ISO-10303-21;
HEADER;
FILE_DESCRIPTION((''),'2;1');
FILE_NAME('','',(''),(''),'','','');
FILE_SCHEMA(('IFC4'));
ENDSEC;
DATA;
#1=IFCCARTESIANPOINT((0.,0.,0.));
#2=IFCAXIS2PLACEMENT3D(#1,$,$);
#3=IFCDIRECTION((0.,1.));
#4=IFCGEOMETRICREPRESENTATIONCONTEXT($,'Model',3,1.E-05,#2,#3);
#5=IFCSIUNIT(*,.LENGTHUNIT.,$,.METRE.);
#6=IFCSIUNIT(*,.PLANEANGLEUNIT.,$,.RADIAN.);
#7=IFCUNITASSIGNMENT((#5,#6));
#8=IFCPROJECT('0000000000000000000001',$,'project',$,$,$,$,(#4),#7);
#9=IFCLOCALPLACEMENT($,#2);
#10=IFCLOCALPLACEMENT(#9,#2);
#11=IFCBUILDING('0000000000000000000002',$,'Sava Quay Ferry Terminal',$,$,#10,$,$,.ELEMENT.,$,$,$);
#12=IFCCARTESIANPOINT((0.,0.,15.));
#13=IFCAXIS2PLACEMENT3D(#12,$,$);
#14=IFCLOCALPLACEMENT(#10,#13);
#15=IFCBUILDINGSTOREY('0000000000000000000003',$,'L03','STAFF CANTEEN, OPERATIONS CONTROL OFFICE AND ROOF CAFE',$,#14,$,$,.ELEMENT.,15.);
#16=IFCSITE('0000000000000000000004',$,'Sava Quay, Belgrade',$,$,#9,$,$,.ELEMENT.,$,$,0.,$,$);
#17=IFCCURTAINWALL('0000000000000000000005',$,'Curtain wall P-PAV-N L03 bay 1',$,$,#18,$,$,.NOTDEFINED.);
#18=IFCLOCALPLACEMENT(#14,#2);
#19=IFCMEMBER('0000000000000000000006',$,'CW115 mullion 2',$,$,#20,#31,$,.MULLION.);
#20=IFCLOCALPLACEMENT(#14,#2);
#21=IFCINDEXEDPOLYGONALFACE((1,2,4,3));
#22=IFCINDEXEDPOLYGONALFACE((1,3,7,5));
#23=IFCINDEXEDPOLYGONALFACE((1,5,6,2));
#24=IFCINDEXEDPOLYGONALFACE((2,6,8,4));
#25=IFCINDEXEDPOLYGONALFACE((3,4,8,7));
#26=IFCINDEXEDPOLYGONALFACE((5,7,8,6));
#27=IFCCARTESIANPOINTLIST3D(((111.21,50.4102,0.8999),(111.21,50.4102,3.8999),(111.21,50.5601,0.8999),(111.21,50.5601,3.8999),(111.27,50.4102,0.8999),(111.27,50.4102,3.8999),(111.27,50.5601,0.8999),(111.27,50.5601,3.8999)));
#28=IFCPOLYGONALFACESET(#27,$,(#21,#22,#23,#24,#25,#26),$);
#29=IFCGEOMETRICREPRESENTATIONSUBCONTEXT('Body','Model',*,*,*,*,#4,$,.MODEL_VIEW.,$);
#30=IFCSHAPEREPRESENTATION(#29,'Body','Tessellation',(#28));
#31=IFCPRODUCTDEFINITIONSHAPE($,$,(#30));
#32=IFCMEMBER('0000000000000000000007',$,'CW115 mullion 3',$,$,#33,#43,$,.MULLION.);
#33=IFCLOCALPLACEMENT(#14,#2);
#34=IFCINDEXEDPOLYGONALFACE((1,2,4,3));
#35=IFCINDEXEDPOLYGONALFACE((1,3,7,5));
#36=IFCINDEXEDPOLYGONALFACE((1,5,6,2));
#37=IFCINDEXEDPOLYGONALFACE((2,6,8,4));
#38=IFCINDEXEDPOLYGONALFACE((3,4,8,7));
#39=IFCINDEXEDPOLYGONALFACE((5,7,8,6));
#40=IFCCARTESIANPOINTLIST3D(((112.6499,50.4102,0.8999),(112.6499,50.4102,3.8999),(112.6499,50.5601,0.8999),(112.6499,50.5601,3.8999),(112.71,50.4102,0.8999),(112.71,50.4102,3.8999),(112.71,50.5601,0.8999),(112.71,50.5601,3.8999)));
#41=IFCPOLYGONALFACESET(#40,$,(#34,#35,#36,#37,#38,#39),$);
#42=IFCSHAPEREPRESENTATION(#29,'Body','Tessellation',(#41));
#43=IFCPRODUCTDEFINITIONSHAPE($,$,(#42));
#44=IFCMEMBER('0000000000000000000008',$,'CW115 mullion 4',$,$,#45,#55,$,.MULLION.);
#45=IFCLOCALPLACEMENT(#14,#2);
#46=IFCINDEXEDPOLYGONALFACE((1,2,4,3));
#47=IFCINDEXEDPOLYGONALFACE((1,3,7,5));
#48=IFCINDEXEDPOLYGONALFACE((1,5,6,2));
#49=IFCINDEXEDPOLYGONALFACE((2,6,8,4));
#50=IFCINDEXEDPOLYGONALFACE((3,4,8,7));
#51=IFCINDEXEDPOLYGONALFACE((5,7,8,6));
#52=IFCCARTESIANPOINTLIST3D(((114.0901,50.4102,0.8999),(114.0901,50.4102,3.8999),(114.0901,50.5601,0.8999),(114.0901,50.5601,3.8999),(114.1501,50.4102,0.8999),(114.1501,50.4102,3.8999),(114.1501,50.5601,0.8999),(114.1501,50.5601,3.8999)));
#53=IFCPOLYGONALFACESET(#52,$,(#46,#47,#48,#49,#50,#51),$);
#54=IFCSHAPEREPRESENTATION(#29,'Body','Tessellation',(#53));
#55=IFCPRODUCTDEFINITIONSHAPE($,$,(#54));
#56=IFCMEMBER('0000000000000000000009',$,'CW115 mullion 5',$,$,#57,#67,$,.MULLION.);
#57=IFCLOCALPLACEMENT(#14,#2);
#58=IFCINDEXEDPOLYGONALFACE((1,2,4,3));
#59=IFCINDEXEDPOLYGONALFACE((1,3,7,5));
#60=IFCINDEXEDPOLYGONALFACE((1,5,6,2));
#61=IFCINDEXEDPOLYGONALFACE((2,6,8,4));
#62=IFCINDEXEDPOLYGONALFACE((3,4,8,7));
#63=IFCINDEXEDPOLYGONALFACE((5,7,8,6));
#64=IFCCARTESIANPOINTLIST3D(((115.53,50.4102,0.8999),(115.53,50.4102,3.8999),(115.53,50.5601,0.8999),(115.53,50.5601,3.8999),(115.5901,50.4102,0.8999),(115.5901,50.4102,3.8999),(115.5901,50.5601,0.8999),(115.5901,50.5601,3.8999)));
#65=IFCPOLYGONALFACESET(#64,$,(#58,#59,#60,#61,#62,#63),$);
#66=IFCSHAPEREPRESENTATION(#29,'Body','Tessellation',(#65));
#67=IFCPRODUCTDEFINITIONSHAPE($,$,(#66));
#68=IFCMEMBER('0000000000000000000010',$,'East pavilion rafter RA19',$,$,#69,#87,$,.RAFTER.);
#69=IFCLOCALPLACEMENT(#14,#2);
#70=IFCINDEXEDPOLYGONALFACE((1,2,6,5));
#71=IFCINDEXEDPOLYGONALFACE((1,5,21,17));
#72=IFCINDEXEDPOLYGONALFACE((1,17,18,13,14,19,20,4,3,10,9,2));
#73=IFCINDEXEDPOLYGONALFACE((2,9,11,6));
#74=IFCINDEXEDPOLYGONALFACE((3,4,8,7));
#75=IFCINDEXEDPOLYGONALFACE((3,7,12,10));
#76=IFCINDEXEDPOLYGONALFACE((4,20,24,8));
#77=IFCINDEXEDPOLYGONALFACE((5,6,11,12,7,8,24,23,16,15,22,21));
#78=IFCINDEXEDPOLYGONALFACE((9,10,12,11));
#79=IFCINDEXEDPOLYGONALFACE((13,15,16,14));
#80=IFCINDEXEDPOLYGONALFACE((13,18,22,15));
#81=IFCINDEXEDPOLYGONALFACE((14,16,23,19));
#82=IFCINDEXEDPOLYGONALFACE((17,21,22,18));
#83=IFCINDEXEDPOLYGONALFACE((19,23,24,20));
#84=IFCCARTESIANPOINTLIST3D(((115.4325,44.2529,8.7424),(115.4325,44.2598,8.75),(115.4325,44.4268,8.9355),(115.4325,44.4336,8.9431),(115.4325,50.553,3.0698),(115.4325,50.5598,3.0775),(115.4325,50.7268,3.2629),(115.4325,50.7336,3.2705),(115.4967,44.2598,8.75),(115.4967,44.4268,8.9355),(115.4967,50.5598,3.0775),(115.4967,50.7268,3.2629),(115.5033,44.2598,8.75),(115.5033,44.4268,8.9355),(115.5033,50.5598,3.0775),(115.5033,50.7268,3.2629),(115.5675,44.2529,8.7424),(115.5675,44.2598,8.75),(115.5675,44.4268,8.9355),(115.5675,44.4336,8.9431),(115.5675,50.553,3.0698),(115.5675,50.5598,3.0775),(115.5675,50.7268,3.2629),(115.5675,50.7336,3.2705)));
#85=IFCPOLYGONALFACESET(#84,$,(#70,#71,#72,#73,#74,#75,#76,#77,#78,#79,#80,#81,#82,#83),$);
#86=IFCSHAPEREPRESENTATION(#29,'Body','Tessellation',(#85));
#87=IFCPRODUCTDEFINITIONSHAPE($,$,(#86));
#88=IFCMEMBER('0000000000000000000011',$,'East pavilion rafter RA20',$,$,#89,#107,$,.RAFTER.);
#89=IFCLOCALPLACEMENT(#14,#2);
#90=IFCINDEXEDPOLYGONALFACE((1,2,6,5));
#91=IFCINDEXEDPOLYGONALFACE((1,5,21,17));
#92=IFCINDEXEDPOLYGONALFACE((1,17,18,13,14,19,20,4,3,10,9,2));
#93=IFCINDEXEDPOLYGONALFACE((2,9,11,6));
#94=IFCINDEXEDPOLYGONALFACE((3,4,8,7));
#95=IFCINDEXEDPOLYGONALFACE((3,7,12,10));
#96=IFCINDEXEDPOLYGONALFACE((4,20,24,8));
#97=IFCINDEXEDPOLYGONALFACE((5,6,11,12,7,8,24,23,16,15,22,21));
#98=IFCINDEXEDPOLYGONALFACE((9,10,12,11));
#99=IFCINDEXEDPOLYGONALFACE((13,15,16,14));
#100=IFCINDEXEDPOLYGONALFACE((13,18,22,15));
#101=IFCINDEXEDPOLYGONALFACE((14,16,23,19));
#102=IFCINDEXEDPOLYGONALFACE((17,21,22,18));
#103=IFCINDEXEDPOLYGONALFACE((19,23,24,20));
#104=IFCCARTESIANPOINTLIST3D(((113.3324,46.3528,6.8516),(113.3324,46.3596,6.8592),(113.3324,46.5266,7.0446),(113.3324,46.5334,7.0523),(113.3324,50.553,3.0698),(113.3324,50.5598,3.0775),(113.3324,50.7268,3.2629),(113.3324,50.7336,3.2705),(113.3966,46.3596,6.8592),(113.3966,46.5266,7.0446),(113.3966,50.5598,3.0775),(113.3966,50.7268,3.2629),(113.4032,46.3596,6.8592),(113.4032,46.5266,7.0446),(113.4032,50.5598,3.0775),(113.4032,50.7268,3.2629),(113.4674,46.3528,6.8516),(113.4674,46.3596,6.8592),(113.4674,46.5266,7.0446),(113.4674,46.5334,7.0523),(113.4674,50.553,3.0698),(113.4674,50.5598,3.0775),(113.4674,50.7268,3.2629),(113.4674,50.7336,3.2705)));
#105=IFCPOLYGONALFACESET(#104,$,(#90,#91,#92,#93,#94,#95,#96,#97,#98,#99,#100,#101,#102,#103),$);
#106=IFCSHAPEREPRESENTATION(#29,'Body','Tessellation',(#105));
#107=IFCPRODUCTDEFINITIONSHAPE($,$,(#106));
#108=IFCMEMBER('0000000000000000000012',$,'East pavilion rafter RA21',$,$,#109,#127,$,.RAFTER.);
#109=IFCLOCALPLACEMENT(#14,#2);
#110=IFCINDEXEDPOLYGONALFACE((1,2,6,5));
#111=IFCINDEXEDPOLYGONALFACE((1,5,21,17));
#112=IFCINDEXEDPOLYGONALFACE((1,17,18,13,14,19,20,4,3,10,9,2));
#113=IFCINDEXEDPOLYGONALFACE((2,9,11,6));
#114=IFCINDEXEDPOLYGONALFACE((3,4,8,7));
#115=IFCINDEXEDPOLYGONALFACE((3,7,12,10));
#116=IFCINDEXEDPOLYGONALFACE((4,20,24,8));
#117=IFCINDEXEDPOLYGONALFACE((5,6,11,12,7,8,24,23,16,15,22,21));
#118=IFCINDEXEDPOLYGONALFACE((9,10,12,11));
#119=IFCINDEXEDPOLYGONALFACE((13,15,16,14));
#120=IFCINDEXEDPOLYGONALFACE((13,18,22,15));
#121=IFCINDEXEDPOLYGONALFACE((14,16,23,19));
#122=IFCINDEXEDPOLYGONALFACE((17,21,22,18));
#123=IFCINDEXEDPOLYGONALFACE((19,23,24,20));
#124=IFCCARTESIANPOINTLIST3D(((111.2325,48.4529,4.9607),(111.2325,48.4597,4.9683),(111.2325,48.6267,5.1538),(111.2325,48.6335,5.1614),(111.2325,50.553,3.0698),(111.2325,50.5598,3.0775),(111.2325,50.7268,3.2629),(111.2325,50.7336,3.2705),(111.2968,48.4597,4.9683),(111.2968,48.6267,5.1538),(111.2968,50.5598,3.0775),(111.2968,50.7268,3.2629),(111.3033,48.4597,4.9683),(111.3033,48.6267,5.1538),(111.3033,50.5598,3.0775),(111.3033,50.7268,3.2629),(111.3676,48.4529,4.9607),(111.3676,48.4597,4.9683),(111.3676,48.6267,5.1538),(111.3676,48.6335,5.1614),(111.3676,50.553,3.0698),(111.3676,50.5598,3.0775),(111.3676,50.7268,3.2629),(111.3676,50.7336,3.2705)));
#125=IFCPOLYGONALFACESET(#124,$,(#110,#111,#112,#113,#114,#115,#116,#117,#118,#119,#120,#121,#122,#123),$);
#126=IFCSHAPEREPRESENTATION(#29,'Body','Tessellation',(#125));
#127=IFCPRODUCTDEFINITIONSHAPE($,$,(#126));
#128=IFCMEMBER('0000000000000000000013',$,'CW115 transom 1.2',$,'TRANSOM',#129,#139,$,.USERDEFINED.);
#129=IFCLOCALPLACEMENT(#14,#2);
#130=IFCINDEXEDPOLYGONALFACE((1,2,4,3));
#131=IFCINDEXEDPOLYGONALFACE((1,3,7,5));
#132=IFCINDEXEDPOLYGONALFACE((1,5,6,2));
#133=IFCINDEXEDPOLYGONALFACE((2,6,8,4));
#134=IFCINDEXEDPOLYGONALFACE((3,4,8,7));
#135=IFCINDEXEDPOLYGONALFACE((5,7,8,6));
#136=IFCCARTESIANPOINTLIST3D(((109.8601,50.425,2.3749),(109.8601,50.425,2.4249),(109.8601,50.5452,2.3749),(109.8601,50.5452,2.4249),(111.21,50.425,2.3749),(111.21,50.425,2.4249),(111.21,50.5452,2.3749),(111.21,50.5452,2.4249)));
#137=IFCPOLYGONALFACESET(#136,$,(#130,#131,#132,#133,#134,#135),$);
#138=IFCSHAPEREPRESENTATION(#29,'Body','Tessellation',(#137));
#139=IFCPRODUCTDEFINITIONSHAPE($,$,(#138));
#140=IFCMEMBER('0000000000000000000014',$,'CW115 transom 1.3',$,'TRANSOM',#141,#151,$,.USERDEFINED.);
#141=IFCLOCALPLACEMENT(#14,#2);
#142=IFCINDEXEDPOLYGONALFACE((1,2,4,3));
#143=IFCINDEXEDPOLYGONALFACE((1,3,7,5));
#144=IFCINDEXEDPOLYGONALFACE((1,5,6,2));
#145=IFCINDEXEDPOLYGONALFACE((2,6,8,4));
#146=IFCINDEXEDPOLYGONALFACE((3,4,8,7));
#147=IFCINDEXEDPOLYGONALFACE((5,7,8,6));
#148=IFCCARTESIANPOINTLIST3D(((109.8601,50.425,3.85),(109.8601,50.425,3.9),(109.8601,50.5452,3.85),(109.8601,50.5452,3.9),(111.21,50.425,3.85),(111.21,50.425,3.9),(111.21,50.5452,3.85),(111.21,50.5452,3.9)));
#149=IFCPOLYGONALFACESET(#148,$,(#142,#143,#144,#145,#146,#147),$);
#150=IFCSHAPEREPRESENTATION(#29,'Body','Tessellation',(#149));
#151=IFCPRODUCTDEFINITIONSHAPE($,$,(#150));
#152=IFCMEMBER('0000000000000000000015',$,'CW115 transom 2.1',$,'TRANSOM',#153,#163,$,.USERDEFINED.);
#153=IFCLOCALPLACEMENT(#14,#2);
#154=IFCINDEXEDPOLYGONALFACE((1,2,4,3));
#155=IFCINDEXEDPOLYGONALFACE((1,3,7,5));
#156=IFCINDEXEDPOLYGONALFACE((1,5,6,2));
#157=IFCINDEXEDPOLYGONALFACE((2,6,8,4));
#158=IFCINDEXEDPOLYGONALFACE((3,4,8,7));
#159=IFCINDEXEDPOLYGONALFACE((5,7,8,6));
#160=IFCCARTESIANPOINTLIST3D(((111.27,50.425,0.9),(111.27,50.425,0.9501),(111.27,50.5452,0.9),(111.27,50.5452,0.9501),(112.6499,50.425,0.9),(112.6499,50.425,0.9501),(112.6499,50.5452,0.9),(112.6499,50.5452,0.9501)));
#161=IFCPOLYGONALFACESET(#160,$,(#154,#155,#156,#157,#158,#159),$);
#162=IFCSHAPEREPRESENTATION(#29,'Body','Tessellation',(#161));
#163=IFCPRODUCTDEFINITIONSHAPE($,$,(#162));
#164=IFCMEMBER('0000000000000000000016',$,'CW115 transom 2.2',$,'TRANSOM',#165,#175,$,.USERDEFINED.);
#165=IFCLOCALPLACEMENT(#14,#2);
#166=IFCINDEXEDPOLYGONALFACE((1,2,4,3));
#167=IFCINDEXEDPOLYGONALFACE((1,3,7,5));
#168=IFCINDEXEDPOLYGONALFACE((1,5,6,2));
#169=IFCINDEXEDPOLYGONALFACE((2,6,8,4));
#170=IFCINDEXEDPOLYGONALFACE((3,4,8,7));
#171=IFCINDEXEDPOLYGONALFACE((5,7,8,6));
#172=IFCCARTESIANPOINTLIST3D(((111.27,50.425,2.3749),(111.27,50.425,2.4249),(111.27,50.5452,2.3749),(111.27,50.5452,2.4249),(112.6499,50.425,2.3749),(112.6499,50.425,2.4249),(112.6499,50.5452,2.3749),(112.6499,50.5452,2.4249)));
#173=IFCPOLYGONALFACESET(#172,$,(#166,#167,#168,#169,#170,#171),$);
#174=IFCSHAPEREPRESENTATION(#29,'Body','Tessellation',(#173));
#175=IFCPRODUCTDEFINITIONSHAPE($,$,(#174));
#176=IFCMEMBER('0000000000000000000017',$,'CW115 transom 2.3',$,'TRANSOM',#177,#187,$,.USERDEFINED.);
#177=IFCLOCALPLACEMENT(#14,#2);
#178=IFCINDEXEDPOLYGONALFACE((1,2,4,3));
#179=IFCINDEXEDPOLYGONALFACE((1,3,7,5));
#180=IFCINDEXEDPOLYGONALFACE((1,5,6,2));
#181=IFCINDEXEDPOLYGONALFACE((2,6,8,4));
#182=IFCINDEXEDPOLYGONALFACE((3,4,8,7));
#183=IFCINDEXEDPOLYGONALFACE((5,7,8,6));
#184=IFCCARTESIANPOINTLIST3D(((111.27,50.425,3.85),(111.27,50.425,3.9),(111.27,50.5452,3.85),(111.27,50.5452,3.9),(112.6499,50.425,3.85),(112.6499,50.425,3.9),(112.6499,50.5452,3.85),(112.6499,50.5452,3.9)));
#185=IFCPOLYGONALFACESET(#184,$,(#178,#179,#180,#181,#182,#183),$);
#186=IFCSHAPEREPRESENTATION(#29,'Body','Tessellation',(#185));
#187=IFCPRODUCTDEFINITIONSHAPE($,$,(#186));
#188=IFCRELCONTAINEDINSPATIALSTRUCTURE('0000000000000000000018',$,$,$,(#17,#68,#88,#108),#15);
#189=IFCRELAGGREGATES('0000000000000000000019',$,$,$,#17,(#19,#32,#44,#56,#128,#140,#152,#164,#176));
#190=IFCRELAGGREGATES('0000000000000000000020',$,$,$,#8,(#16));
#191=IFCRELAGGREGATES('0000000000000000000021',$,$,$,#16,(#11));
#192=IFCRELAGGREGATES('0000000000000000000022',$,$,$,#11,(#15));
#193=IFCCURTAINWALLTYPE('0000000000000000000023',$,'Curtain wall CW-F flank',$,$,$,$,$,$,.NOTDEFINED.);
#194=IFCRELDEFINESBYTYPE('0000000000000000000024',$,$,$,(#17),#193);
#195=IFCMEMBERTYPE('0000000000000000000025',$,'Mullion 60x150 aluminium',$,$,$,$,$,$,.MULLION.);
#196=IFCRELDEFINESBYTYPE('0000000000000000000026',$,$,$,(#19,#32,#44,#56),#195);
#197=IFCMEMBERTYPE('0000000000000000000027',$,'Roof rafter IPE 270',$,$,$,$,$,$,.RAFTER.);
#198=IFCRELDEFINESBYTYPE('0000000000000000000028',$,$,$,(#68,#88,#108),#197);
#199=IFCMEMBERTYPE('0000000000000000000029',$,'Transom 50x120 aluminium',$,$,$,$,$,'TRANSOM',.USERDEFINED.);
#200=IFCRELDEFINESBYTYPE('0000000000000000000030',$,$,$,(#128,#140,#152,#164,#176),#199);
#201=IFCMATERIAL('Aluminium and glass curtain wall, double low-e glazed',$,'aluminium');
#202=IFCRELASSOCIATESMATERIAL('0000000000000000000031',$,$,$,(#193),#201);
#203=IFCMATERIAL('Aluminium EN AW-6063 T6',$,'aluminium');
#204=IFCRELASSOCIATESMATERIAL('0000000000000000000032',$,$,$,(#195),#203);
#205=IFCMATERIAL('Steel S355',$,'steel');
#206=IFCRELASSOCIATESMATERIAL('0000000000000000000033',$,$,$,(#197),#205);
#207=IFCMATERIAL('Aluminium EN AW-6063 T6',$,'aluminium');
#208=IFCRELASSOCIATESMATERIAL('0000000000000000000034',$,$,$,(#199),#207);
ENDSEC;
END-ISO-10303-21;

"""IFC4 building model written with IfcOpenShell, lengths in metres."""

from ifc_helpers import new_model, si_unit, direction, frame, origin, origin_2d, place, context, subcontext, project, spatial, rectangle, i_section, extrude, material, material_profile, profile_set, type_object, element, aggregate, save


model = new_model("IFC4")

# Units and contexts
model_context = context("Model", 3, precision=1e-05, world=origin(), true_north=direction((0.0, 1.0)))
body_context = subcontext(model_context, "Body", "Model", "MODEL_VIEW")
ifc_project = project(units=[si_unit("LENGTHUNIT", "METRE"), si_unit("PLANEANGLEUNIT", "RADIAN")], contexts=[model_context])

# Site, building, storey
site_placement = place(None, origin())
site = spatial("IfcSite", under=ifc_project, at=site_placement, Name="Sava Quay, Belgrade", CompositionType="ELEMENT", RefElevation=0.0)
building_placement = place(site_placement, origin())
building = spatial("IfcBuilding", under=site, at=building_placement, Name="Sava Quay Ferry Terminal", CompositionType="ELEMENT")
storey_placement = place(building_placement, frame((0.0, 0.0, 15.0)))
storey = spatial("IfcBuildingStorey", under=building, at=storey_placement, Name="L03", Description="STAFF CANTEEN, OPERATIONS CONTROL OFFICE AND ROOF CAFE", CompositionType="ELEMENT", Elevation=15.0)

# Curtain wall, members
ifc_material_1 = material(Name="Aluminium and glass curtain wall, double low-e glazed", Category="aluminium")
curtain_wall_type = type_object("IfcCurtainWallType", Name="Curtain wall CW-F flank", PredefinedType="NOTDEFINED", material=ifc_material_1)
curtain_wall_placement = place(storey_placement, origin())
curtain_wall = element("IfcCurtainWall", 1, at=curtain_wall_placement, inside=storey, type_object=curtain_wall_type, Name="Curtain wall P-PAV-N L03 bay 1", PredefinedType="NOTDEFINED")
ifc_material_2 = material(Name="Aluminium EN AW-6063 T6", Category="aluminium")
ifc_material_profile_1 = material_profile(ifc_material_2, rectangle(XDim=0.1499, YDim=0.0601, at=origin_2d()), Name="Mullion 60x150 aluminium")
ifc_profile_set_1 = profile_set([ifc_material_profile_1], Name="Aluminium EN AW-6063 T6")
member_type_1 = type_object("IfcMemberType", Name="Mullion 60x150 aluminium", PredefinedType="MULLION", material=ifc_profile_set_1)
member_1_placement = place(storey_placement, frame((111.24, 50.4851, 0.8999), z_axis=(0.0, 0.0, 1.0), x_axis=(0.0, 1.0, 0.0)))
member_1 = element("IfcMember", 2, at=member_1_placement, type_object=member_type_1, Name="CW115 mullion 2", PredefinedType="MULLION", context=body_context, shape_type="SweptSolid", body=[
    extrude(rectangle(XDim=0.1499, YDim=0.0601, at=origin_2d()), origin(), (0.0, 0.0, 1.0), 3.0),
])
member_2_placement = place(storey_placement, frame((112.6799, 50.4851, 0.8999), z_axis=(0.0, 0.0, 1.0), x_axis=(0.0, 1.0, 0.0)))
member_2 = element("IfcMember", 3, at=member_2_placement, type_object=member_type_1, Name="CW115 mullion 3", PredefinedType="MULLION", context=body_context, shape_type="SweptSolid", body=[
    extrude(rectangle(XDim=0.1499, YDim=0.0601, at=origin_2d()), origin(), (0.0, 0.0, 1.0), 3.0),
])
member_3_placement = place(storey_placement, frame((114.1201, 50.4851, 0.8999), z_axis=(0.0, 0.0, 1.0), x_axis=(0.0, 1.0, 0.0)))
member_3 = element("IfcMember", 4, at=member_3_placement, type_object=member_type_1, Name="CW115 mullion 4", PredefinedType="MULLION", context=body_context, shape_type="SweptSolid", body=[
    extrude(rectangle(XDim=0.1499, YDim=0.0601, at=origin_2d()), origin(), (0.0, 0.0, 1.0), 3.0),
])
member_4_placement = place(storey_placement, frame((115.5601, 50.4851, 0.8999), z_axis=(0.0, 0.0, 1.0), x_axis=(0.0, 1.0, 0.0)))
member_4 = element("IfcMember", 5, at=member_4_placement, type_object=member_type_1, Name="CW115 mullion 5", PredefinedType="MULLION", context=body_context, shape_type="SweptSolid", body=[
    extrude(rectangle(XDim=0.1499, YDim=0.0601, at=origin_2d()), origin(), (0.0, 0.0, 1.0), 3.0),
])

# Members
ifc_material_3 = material(Name="Steel S355", Category="steel")
ifc_material_profile_2 = material_profile(ifc_material_3, i_section(OverallWidth=0.135, OverallDepth=0.27, WebThickness=0.0066, FlangeThickness=0.0103, at=origin_2d()), Name="IPE 270")
ifc_profile_set_2 = profile_set([ifc_material_profile_2], Name="Steel S355")
member_type_2 = type_object("IfcMemberType", Name="Roof rafter IPE 270", PredefinedType="RAFTER", material=ifc_profile_set_2)
member_5_placement = place(storey_placement, frame((115.5, 50.6433, 3.1702), z_axis=(0.0, -0.743144, 0.669132), x_axis=(1.0, 0.0, 0.0)))
element("IfcMember", 6, at=member_5_placement, inside=storey, type_object=member_type_2, Name="East pavilion rafter RA19", PredefinedType="RAFTER", context=body_context, shape_type="SweptSolid", body=[
    extrude(i_section(OverallWidth=0.135, OverallDepth=0.27, WebThickness=0.0066, FlangeThickness=0.0103, at=origin_2d()), origin(), (0.0, 0.0, 1.0), 8.4775),
])
member_6_placement = place(storey_placement, frame((113.3999, 50.6433, 3.1702), z_axis=(0.0, -0.743157, 0.669117), x_axis=(1.0, 0.0, 0.0)))
element("IfcMember", 7, at=member_6_placement, inside=storey, type_object=member_type_2, Name="East pavilion rafter RA20", PredefinedType="RAFTER", context=body_context, shape_type="SweptSolid", body=[
    extrude(i_section(OverallWidth=0.135, OverallDepth=0.27, WebThickness=0.0066, FlangeThickness=0.0103, at=origin_2d()), origin(), (0.0, 0.0, 1.0), 5.6519),
])
member_7_placement = place(storey_placement, frame((111.3, 50.6433, 3.1702), z_axis=(0.0, -0.743157, 0.669117), x_axis=(1.0, 0.0, 0.0)))
element("IfcMember", 8, at=member_7_placement, inside=storey, type_object=member_type_2, Name="East pavilion rafter RA21", PredefinedType="RAFTER", context=body_context, shape_type="SweptSolid", body=[
    extrude(i_section(OverallWidth=0.135, OverallDepth=0.27, WebThickness=0.0066, FlangeThickness=0.0103, at=origin_2d()), origin(), (0.0, 0.0, 1.0), 2.8259),
])

# Members
ifc_material_4 = material(Name="Aluminium EN AW-6063 T6", Category="aluminium")
ifc_material_profile_3 = material_profile(ifc_material_4, rectangle(XDim=0.1201, YDim=0.05, at=origin_2d()), Name="Transom 50x120 aluminium")
ifc_profile_set_3 = profile_set([ifc_material_profile_3], Name="Aluminium EN AW-6063 T6")
member_type_3 = type_object("IfcMemberType", Name="Transom 50x120 aluminium", ElementType="TRANSOM", PredefinedType="USERDEFINED", material=ifc_profile_set_3)
member_8_placement = place(storey_placement, frame((109.8601, 50.4851, 2.3999), z_axis=(1.0, 0.0, 0.0), x_axis=(0.0, 1.0, 0.0)))
member_8 = element("IfcMember", 9, at=member_8_placement, type_object=member_type_3, Name="CW115 transom 1.2", ObjectType="TRANSOM", PredefinedType="USERDEFINED", context=body_context, shape_type="SweptSolid", body=[
    extrude(rectangle(XDim=0.1201, YDim=0.05, at=origin_2d()), origin(), (0.0, 0.0, 1.0), 1.3499),
])
member_9_placement = place(storey_placement, frame((109.8601, 50.4851, 3.875), z_axis=(1.0, 0.0, 0.0), x_axis=(0.0, 1.0, 0.0)))
member_9 = element("IfcMember", 10, at=member_9_placement, type_object=member_type_3, Name="CW115 transom 1.3", ObjectType="TRANSOM", PredefinedType="USERDEFINED", context=body_context, shape_type="SweptSolid", body=[
    extrude(rectangle(XDim=0.1201, YDim=0.05, at=origin_2d()), origin(), (0.0, 0.0, 1.0), 1.3499),
])
member_10_placement = place(storey_placement, frame((111.27, 50.4851, 0.925), z_axis=(1.0, 0.0, 0.0), x_axis=(0.0, 1.0, 0.0)))
member_10 = element("IfcMember", 11, at=member_10_placement, type_object=member_type_3, Name="CW115 transom 2.1", ObjectType="TRANSOM", PredefinedType="USERDEFINED", context=body_context, shape_type="SweptSolid", body=[
    extrude(rectangle(XDim=0.1201, YDim=0.05, at=origin_2d()), origin(), (0.0, 0.0, 1.0), 1.3799),
])
member_11_placement = place(storey_placement, frame((111.27, 50.4851, 2.3999), z_axis=(1.0, 0.0, 0.0), x_axis=(0.0, 1.0, 0.0)))
member_11 = element("IfcMember", 12, at=member_11_placement, type_object=member_type_3, Name="CW115 transom 2.2", ObjectType="TRANSOM", PredefinedType="USERDEFINED", context=body_context, shape_type="SweptSolid", body=[
    extrude(rectangle(XDim=0.1201, YDim=0.05, at=origin_2d()), origin(), (0.0, 0.0, 1.0), 1.3799),
])
member_12_placement = place(storey_placement, frame((111.27, 50.4851, 3.875), z_axis=(1.0, 0.0, 0.0), x_axis=(0.0, 1.0, 0.0)))
member_12 = element("IfcMember", 13, at=member_12_placement, type_object=member_type_3, Name="CW115 transom 2.3", ObjectType="TRANSOM", PredefinedType="USERDEFINED", context=body_context, shape_type="SweptSolid", body=[
    extrude(rectangle(XDim=0.1201, YDim=0.05, at=origin_2d()), origin(), (0.0, 0.0, 1.0), 1.3799),
])

aggregate(curtain_wall, [member_1, member_2, member_3, member_4, member_8, member_9, member_10, member_11, member_12])

save(model, "model.ifc")
